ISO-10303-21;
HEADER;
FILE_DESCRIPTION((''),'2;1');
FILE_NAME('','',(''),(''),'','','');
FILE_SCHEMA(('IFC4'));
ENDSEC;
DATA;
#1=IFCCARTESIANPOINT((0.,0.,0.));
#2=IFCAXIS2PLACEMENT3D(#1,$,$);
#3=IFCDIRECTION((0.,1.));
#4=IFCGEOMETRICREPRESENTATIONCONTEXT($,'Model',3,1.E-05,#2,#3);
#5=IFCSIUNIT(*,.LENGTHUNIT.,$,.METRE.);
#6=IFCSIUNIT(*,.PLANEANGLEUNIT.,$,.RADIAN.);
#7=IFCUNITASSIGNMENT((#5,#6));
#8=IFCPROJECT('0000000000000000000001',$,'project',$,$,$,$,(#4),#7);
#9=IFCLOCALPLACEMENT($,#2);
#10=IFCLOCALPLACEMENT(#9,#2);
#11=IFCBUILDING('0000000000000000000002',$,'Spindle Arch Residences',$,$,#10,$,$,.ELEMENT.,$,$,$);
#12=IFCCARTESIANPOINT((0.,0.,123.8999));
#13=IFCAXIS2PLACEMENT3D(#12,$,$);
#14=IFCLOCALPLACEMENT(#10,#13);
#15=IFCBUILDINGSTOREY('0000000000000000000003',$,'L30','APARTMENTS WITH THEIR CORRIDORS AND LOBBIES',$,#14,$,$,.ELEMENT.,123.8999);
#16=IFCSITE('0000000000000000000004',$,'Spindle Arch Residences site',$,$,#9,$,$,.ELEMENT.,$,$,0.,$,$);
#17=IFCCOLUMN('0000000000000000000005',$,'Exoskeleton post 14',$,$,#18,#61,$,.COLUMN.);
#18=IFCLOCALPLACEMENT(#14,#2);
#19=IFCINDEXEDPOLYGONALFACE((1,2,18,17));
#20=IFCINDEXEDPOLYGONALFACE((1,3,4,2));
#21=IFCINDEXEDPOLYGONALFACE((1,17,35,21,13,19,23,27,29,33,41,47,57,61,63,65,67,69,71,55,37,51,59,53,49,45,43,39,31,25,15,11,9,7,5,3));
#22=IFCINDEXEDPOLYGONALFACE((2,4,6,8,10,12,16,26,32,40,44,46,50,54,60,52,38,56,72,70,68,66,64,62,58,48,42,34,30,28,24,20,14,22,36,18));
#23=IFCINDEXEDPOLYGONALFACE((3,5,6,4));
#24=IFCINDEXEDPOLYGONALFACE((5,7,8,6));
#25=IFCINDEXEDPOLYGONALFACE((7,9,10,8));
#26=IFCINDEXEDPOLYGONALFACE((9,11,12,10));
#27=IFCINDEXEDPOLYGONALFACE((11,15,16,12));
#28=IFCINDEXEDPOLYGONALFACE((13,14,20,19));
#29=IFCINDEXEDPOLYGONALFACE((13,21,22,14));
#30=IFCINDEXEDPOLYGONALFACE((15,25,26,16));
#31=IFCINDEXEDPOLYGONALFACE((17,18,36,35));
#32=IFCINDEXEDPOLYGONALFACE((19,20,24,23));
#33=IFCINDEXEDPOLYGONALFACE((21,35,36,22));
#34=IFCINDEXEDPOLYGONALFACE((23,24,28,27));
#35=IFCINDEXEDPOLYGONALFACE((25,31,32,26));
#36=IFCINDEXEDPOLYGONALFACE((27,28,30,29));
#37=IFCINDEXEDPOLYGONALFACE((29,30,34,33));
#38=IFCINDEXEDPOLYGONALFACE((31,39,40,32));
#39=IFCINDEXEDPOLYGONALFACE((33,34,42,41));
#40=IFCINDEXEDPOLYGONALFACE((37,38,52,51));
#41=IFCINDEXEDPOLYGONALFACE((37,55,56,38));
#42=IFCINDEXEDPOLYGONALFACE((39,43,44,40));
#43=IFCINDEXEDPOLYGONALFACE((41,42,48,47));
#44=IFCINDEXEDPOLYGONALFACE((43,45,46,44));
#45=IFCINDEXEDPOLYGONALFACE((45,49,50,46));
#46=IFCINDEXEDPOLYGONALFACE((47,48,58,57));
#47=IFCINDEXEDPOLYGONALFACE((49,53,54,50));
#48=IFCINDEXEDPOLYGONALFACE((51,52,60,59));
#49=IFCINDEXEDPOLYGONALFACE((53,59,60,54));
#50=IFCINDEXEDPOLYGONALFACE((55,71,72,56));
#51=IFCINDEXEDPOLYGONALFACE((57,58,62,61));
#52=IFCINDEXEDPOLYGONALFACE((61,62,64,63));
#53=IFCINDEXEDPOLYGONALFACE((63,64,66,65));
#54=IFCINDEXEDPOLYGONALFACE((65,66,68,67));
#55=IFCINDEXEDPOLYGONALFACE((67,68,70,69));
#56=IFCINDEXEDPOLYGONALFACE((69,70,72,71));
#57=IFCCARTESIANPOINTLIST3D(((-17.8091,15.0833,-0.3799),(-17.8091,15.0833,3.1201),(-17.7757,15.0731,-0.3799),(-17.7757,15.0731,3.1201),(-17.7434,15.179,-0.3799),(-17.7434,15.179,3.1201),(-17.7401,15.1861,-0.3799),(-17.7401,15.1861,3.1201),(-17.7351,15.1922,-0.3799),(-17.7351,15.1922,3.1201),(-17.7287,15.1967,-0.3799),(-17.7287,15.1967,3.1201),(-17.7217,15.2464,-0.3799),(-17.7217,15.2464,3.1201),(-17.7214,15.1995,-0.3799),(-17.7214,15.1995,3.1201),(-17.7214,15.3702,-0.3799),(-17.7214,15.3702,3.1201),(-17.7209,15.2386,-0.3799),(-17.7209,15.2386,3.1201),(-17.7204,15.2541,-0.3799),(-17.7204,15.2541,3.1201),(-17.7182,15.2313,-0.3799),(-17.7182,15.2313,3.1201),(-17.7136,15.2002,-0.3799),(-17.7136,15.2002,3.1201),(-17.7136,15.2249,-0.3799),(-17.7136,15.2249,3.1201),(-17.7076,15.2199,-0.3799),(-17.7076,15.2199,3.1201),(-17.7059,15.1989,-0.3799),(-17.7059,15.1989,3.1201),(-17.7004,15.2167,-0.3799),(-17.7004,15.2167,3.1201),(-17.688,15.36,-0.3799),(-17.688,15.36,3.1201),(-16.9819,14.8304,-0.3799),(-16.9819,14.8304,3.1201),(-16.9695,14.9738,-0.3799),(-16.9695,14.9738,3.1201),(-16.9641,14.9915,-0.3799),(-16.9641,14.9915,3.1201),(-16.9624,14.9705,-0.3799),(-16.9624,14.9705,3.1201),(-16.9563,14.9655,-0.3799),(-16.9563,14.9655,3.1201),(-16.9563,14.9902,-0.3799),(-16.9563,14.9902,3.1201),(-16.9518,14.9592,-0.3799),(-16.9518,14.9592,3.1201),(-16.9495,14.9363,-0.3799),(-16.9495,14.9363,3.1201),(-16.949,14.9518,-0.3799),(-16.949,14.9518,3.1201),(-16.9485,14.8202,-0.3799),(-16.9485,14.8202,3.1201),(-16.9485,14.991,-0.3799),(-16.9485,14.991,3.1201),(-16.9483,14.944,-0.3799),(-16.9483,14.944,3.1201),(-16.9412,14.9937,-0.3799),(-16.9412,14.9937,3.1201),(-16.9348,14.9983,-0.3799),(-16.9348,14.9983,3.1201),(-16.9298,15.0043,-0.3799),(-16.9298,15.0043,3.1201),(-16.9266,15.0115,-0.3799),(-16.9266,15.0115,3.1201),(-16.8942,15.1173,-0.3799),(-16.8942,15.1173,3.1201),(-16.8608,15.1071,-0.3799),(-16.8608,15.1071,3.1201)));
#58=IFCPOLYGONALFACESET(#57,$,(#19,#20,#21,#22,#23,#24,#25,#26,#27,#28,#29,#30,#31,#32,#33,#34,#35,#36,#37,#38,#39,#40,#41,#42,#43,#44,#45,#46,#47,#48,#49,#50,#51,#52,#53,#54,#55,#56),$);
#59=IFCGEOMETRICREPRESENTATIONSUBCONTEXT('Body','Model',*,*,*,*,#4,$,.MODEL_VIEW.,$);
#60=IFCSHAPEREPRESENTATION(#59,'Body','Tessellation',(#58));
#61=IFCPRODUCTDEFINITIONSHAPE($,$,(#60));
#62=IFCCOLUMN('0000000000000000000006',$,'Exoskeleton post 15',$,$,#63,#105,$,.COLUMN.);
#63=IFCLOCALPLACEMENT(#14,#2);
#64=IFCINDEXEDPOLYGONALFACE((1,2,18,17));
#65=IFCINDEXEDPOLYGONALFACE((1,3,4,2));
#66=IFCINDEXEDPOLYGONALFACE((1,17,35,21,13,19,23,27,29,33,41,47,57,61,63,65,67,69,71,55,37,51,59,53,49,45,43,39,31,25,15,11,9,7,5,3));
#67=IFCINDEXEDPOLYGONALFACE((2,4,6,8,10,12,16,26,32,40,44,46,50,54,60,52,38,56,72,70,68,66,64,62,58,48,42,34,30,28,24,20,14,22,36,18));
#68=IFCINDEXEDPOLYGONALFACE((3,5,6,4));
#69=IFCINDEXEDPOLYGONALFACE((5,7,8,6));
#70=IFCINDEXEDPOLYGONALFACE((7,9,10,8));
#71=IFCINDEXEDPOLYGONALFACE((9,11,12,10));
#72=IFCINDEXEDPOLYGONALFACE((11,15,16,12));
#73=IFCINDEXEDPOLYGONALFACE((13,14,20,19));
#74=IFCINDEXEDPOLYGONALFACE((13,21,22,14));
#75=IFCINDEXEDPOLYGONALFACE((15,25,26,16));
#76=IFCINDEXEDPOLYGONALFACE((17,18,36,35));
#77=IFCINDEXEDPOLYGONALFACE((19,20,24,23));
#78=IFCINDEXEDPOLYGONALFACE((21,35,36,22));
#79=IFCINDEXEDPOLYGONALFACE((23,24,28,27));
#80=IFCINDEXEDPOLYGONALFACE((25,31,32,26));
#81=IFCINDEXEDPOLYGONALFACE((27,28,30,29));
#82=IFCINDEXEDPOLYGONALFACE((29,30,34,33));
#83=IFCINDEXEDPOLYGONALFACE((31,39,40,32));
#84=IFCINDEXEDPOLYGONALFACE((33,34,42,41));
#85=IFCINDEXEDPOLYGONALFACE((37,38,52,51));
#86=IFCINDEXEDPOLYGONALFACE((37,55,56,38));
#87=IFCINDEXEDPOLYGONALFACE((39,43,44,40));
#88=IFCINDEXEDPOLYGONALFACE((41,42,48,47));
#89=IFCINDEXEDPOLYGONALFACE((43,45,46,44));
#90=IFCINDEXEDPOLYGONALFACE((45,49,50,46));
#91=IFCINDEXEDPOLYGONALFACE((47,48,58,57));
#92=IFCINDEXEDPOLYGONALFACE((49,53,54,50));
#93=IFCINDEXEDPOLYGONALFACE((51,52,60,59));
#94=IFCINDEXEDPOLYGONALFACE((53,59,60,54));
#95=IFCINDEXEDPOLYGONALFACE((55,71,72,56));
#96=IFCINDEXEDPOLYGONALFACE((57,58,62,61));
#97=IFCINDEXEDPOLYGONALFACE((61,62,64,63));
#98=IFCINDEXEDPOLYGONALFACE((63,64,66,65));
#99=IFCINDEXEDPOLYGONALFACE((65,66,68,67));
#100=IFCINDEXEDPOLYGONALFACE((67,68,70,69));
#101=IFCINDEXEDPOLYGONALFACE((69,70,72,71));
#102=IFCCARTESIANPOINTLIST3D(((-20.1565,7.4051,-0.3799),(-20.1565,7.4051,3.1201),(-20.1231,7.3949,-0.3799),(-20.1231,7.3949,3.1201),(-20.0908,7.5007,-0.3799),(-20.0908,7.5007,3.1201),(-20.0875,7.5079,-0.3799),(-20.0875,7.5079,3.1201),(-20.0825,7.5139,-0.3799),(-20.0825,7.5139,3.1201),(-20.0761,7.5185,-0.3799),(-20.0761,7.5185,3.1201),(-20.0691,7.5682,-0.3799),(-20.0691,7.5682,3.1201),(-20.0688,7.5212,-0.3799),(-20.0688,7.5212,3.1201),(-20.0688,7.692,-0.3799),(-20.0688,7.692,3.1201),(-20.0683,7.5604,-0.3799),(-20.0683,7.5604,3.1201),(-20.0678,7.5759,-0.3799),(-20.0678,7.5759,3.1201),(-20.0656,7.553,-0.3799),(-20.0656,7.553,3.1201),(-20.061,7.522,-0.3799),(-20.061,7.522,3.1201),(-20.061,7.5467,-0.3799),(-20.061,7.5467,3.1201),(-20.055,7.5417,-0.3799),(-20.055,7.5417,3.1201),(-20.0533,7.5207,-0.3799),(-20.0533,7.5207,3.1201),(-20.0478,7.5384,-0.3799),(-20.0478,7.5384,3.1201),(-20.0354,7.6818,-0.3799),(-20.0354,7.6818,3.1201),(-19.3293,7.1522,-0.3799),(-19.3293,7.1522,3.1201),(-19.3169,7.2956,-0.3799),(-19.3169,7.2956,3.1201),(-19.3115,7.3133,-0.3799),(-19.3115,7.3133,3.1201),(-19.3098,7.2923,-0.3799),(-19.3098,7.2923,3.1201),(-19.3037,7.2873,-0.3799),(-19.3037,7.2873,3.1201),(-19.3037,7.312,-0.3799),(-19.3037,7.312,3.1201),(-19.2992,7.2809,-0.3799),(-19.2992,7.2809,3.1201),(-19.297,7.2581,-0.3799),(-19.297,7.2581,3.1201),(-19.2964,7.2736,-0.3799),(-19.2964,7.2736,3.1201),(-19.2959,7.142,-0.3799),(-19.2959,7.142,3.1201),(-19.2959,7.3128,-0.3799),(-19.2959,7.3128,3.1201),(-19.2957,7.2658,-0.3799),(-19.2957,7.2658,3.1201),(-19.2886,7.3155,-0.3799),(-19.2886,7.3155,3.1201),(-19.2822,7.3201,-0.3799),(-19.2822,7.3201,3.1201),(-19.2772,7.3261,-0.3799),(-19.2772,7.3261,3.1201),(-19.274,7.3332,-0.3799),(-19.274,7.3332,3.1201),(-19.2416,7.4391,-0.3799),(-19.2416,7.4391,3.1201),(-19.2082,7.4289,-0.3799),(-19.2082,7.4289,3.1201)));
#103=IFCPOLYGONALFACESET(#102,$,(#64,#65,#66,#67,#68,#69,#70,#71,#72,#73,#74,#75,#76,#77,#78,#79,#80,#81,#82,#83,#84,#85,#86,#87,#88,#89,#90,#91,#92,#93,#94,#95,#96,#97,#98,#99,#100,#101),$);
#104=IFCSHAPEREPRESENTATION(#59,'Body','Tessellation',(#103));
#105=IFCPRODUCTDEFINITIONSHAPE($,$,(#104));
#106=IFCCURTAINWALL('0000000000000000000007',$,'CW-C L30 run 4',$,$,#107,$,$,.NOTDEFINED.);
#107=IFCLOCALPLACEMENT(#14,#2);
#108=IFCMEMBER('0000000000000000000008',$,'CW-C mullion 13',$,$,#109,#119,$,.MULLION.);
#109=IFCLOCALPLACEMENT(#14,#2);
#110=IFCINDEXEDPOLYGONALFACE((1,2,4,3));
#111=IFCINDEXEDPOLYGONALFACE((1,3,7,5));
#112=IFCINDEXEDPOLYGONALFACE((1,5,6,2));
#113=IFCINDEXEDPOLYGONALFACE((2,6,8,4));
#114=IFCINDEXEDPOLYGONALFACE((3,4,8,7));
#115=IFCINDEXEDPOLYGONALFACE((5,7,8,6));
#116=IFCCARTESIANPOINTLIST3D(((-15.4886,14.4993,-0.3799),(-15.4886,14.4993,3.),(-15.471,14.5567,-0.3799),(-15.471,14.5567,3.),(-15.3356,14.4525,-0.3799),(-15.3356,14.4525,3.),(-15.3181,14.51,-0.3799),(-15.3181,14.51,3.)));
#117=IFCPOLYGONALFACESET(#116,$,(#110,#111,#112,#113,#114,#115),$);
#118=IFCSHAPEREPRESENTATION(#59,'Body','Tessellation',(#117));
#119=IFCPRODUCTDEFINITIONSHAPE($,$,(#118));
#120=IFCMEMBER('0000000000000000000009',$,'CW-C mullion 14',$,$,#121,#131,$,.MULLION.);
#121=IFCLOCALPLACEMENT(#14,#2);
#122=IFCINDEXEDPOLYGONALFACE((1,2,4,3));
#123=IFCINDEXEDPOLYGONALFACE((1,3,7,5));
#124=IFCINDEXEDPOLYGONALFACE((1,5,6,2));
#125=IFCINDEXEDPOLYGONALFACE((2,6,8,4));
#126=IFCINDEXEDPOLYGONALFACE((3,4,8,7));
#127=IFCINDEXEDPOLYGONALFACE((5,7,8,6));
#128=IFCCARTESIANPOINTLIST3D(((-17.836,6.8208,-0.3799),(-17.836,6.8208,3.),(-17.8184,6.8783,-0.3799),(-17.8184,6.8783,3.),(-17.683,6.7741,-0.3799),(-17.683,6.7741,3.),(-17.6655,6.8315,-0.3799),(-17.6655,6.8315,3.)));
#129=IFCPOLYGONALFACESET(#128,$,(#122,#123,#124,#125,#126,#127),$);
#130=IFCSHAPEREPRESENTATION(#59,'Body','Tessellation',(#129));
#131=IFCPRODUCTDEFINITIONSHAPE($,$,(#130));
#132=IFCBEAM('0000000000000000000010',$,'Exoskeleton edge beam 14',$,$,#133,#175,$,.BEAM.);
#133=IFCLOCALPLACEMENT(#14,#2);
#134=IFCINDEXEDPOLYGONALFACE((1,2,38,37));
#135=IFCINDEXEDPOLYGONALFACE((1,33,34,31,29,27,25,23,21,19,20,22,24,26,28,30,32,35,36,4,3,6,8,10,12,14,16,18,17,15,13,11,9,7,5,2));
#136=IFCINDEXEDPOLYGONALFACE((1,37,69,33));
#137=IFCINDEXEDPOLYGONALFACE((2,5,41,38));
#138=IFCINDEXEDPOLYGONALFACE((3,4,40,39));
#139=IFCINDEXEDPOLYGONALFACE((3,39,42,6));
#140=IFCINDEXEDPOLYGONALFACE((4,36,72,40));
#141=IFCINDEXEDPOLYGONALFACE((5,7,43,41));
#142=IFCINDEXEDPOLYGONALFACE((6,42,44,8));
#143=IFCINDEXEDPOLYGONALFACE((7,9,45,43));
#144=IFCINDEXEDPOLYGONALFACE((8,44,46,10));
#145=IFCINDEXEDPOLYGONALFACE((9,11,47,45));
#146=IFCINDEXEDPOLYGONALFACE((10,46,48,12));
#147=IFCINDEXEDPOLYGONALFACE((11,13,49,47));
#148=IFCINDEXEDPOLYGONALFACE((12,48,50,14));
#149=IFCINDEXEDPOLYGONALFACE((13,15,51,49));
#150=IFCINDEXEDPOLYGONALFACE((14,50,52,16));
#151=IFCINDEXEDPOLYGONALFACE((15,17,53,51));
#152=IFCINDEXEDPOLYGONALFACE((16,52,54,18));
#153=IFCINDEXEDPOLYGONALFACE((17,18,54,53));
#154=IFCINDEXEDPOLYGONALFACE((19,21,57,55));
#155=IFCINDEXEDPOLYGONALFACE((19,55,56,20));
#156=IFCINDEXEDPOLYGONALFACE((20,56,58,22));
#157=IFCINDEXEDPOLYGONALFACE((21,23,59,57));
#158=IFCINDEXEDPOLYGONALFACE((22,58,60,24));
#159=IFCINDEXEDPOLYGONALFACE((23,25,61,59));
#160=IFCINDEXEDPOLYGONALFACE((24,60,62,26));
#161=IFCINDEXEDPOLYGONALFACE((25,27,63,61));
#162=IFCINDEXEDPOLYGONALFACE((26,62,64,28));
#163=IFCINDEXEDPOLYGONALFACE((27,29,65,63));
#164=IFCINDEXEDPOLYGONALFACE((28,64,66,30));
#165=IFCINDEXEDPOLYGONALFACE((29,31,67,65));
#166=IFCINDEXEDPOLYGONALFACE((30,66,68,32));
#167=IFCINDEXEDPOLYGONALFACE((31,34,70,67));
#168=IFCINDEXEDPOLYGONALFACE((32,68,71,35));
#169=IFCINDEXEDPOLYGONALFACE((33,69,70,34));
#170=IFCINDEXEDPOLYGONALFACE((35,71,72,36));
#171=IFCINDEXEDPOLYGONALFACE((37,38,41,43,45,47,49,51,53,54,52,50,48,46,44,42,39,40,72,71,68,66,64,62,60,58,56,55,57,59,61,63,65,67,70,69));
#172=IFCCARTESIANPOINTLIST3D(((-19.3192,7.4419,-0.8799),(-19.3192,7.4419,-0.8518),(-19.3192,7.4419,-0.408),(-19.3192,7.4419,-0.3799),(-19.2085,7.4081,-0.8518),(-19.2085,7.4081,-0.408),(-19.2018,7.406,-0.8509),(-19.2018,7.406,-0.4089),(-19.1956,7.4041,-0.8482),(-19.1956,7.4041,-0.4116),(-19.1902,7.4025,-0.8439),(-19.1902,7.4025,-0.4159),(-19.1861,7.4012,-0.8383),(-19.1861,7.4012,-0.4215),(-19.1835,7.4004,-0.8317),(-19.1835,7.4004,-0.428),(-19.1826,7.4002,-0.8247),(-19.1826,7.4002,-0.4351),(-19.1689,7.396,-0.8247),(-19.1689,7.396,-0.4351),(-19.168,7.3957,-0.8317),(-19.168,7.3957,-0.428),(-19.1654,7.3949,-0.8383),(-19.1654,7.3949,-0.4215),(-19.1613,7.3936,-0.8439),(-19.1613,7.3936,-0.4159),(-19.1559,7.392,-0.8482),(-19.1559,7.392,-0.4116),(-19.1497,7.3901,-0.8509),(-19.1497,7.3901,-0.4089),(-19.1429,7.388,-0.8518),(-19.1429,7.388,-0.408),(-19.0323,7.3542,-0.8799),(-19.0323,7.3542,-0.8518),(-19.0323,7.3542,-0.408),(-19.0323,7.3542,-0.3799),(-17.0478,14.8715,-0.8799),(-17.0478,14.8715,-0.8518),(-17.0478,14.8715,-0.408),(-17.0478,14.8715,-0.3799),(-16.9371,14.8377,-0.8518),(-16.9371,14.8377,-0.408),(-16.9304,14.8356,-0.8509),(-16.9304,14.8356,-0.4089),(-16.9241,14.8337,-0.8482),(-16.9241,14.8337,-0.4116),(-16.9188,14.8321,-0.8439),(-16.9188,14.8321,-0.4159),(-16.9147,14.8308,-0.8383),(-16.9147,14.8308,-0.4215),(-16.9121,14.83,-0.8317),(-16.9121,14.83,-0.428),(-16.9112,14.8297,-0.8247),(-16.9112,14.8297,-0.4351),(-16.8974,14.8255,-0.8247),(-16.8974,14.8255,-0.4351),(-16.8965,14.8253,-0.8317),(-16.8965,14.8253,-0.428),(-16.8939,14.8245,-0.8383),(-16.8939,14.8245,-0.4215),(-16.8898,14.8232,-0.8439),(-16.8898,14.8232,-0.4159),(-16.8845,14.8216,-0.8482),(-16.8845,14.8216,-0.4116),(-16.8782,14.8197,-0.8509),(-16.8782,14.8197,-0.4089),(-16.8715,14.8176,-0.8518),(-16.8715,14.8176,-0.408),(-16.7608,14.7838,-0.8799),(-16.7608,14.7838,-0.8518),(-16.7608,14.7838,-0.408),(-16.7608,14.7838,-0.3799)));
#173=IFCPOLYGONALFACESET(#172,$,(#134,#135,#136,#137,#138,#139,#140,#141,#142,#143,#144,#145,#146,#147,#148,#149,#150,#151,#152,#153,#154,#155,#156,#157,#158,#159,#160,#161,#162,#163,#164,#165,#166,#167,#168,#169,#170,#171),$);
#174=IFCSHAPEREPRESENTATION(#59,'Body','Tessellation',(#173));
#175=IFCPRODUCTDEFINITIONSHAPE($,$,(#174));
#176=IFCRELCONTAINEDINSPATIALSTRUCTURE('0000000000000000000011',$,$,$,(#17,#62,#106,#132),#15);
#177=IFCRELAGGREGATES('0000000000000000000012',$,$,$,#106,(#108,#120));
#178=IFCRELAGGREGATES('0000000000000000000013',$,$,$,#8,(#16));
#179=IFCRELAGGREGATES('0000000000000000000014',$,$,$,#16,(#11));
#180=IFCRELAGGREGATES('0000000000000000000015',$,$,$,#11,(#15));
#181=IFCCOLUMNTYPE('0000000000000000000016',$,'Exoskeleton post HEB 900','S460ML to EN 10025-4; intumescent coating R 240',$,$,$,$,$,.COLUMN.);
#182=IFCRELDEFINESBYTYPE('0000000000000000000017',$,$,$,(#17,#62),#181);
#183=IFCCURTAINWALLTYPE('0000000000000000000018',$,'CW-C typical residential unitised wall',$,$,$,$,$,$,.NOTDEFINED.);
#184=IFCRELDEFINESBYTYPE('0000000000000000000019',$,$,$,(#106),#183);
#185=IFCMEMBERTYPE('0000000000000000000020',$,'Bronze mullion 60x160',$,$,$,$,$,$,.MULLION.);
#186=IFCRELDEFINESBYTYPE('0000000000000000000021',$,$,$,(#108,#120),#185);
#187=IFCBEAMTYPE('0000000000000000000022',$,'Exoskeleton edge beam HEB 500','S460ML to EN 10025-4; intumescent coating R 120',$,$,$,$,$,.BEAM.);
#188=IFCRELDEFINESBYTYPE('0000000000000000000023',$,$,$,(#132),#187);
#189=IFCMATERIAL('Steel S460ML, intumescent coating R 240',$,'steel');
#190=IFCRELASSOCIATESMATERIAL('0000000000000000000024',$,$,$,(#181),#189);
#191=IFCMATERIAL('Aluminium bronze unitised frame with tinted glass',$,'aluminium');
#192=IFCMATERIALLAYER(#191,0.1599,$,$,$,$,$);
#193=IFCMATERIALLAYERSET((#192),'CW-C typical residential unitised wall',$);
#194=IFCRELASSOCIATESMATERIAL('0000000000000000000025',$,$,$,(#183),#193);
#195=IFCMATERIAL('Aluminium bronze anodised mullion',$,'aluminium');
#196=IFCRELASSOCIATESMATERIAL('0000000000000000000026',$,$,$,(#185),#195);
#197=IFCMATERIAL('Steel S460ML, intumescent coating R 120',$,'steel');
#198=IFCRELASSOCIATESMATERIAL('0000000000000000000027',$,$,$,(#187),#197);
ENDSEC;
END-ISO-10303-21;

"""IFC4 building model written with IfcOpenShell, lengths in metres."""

from ifc_helpers import new_model, si_unit, direction, frame, origin, origin_2d, place, context, subcontext, project, spatial, rectangle, i_section, extrude, material, layer, layer_set, material_profile, profile_set, type_object, element, aggregate, save


model = new_model("IFC4")

# Units and contexts
model_context = context("Model", 3, precision=1e-05, world=origin(), true_north=direction((0.0, 1.0)))
body_context = subcontext(model_context, "Body", "Model", "MODEL_VIEW")
ifc_project = project(units=[si_unit("LENGTHUNIT", "METRE"), si_unit("PLANEANGLEUNIT", "RADIAN")], contexts=[model_context])

# Site, building, storey
site_placement = place(None, origin())
site = spatial("IfcSite", under=ifc_project, at=site_placement, Name="Spindle Arch Residences site", CompositionType="ELEMENT", RefElevation=0.0)
building_placement = place(site_placement, origin())
building = spatial("IfcBuilding", under=site, at=building_placement, Name="Spindle Arch Residences", CompositionType="ELEMENT")
storey_placement = place(building_placement, frame((0.0, 0.0, 123.8999)))
storey = spatial("IfcBuildingStorey", under=building, at=storey_placement, Name="L30", Description="APARTMENTS WITH THEIR CORRIDORS AND LOBBIES", CompositionType="ELEMENT", Elevation=123.8999)

# Columns
ifc_material_1 = material(Name="Steel S460ML, intumescent coating R 240", Category="steel")
ifc_material_profile_1 = material_profile(ifc_material_1, i_section(OverallWidth=0.3, OverallDepth=0.8999, WebThickness=0.0186, FlangeThickness=0.0349, FilletRadius=0.03, at=origin_2d()), Name="HEB 900")
ifc_profile_set_1 = profile_set([ifc_material_profile_1], Name="Steel S460ML, intumescent coating R 240")
column_type = type_object("IfcColumnType", Name="Exoskeleton post HEB 900", Description="S460ML to EN 10025-4; intumescent coating R 240", PredefinedType="COLUMN", material=ifc_profile_set_1)
for number, where, z_axis, x_axis, name in (
    (1, (-17.335, 15.0952, -0.3799), (0.0, 0.0, 1.0), (0.292372, 0.956305, 0.0), "Exoskeleton post 14"),
    (2, (-19.6824, 7.417, -0.3799), (0.0, 0.0, 1.0), (0.292372, 0.956305, 0.0), "Exoskeleton post 15"),
):
    element("IfcColumn", number, at=place(storey_placement, frame(where, z_axis=z_axis, x_axis=x_axis)), inside=storey, type_object=column_type, Name=name, PredefinedType="COLUMN", context=body_context, shape_type="SweptSolid", body=[
        extrude(i_section(OverallWidth=0.3, OverallDepth=0.8999, WebThickness=0.0186, FlangeThickness=0.0349, FilletRadius=0.03, at=origin_2d()), origin(), (0.0, 0.0, 1.0), 3.5),
    ])

# Curtain wall, members
ifc_material_2 = material(Name="Aluminium bronze unitised frame with tinted glass", Category="aluminium")
ifc_layer_1 = layer(ifc_material_2, 0.1599)
ifc_layer_set_1 = layer_set([ifc_layer_1], Name="CW-C typical residential unitised wall")
curtain_wall_type = type_object("IfcCurtainWallType", Name="CW-C typical residential unitised wall", PredefinedType="NOTDEFINED", material=ifc_layer_set_1)
curtain_wall_placement = place(storey_placement, origin())
curtain_wall = element("IfcCurtainWall", 3, at=curtain_wall_placement, inside=storey, type_object=curtain_wall_type, Name="CW-C L30 run 4", PredefinedType="NOTDEFINED")
ifc_material_3 = material(Name="Aluminium bronze anodised mullion", Category="aluminium")
ifc_material_profile_2 = material_profile(ifc_material_3, rectangle(XDim=0.1599, YDim=0.0601, at=origin_2d()), Name="MU 60x160")
ifc_profile_set_2 = profile_set([ifc_material_profile_2], Name="Aluminium bronze anodised mullion")
member_type = type_object("IfcMemberType", Name="Bronze mullion 60x160", PredefinedType="MULLION", material=ifc_profile_set_2)
member_1_placement = place(storey_placement, frame((-15.4033, 14.5046, -0.3799), z_axis=(0.0, 0.0, 1.0), x_axis=(0.956305, -0.292372, 0.0)))
member_1 = element("IfcMember", 4, at=member_1_placement, type_object=member_type, Name="CW-C mullion 13", PredefinedType="MULLION", context=body_context, shape_type="SweptSolid", body=[
    extrude(rectangle(XDim=0.1599, YDim=0.0601, at=origin_2d()), origin(), (0.0, 0.0, 1.0), 3.3799),
])
member_2_placement = place(storey_placement, frame((-17.7507, 6.8262, -0.3799), z_axis=(0.0, 0.0, 1.0), x_axis=(0.956305, -0.292372, 0.0)))
member_2 = element("IfcMember", 5, at=member_2_placement, type_object=member_type, Name="CW-C mullion 14", PredefinedType="MULLION", context=body_context, shape_type="SweptSolid", body=[
    extrude(rectangle(XDim=0.1599, YDim=0.0601, at=origin_2d()), origin(), (0.0, 0.0, 1.0), 3.3799),
])

# Beam
ifc_material_4 = material(Name="Steel S460ML, intumescent coating R 120", Category="steel")
ifc_material_profile_3 = material_profile(ifc_material_4, i_section(OverallWidth=0.3, OverallDepth=0.5, WebThickness=0.0144, FlangeThickness=0.0281, FilletRadius=0.0271, at=origin_2d()), Name="HEB 500")
ifc_profile_set_3 = profile_set([ifc_material_profile_3], Name="Steel S460ML, intumescent coating R 120")
beam_type_1 = type_object("IfcBeamType", Name="Exoskeleton edge beam HEB 500", Description="S460ML to EN 10025-4; intumescent coating R 120", PredefinedType="BEAM", material=ifc_profile_set_3)
beam_1_placement = place(storey_placement, frame((-16.9043, 14.8276, -0.6299), z_axis=(-0.292372, -0.956305, 0.0), x_axis=(0.956305, -0.292372, 0.0)))
element("IfcBeam", 6, at=beam_1_placement, inside=storey, type_object=beam_type_1, Name="Exoskeleton edge beam 14", PredefinedType="BEAM", context=body_context, shape_type="SweptSolid", body=[
    extrude(i_section(OverallWidth=0.3, OverallDepth=0.5, WebThickness=0.0144, FlangeThickness=0.0281, FilletRadius=0.0271, at=origin_2d()), origin(), (0.0, 0.0, 1.0), 7.769),
])

aggregate(curtain_wall, [member_1, member_2])

save(model, "model.ifc")
